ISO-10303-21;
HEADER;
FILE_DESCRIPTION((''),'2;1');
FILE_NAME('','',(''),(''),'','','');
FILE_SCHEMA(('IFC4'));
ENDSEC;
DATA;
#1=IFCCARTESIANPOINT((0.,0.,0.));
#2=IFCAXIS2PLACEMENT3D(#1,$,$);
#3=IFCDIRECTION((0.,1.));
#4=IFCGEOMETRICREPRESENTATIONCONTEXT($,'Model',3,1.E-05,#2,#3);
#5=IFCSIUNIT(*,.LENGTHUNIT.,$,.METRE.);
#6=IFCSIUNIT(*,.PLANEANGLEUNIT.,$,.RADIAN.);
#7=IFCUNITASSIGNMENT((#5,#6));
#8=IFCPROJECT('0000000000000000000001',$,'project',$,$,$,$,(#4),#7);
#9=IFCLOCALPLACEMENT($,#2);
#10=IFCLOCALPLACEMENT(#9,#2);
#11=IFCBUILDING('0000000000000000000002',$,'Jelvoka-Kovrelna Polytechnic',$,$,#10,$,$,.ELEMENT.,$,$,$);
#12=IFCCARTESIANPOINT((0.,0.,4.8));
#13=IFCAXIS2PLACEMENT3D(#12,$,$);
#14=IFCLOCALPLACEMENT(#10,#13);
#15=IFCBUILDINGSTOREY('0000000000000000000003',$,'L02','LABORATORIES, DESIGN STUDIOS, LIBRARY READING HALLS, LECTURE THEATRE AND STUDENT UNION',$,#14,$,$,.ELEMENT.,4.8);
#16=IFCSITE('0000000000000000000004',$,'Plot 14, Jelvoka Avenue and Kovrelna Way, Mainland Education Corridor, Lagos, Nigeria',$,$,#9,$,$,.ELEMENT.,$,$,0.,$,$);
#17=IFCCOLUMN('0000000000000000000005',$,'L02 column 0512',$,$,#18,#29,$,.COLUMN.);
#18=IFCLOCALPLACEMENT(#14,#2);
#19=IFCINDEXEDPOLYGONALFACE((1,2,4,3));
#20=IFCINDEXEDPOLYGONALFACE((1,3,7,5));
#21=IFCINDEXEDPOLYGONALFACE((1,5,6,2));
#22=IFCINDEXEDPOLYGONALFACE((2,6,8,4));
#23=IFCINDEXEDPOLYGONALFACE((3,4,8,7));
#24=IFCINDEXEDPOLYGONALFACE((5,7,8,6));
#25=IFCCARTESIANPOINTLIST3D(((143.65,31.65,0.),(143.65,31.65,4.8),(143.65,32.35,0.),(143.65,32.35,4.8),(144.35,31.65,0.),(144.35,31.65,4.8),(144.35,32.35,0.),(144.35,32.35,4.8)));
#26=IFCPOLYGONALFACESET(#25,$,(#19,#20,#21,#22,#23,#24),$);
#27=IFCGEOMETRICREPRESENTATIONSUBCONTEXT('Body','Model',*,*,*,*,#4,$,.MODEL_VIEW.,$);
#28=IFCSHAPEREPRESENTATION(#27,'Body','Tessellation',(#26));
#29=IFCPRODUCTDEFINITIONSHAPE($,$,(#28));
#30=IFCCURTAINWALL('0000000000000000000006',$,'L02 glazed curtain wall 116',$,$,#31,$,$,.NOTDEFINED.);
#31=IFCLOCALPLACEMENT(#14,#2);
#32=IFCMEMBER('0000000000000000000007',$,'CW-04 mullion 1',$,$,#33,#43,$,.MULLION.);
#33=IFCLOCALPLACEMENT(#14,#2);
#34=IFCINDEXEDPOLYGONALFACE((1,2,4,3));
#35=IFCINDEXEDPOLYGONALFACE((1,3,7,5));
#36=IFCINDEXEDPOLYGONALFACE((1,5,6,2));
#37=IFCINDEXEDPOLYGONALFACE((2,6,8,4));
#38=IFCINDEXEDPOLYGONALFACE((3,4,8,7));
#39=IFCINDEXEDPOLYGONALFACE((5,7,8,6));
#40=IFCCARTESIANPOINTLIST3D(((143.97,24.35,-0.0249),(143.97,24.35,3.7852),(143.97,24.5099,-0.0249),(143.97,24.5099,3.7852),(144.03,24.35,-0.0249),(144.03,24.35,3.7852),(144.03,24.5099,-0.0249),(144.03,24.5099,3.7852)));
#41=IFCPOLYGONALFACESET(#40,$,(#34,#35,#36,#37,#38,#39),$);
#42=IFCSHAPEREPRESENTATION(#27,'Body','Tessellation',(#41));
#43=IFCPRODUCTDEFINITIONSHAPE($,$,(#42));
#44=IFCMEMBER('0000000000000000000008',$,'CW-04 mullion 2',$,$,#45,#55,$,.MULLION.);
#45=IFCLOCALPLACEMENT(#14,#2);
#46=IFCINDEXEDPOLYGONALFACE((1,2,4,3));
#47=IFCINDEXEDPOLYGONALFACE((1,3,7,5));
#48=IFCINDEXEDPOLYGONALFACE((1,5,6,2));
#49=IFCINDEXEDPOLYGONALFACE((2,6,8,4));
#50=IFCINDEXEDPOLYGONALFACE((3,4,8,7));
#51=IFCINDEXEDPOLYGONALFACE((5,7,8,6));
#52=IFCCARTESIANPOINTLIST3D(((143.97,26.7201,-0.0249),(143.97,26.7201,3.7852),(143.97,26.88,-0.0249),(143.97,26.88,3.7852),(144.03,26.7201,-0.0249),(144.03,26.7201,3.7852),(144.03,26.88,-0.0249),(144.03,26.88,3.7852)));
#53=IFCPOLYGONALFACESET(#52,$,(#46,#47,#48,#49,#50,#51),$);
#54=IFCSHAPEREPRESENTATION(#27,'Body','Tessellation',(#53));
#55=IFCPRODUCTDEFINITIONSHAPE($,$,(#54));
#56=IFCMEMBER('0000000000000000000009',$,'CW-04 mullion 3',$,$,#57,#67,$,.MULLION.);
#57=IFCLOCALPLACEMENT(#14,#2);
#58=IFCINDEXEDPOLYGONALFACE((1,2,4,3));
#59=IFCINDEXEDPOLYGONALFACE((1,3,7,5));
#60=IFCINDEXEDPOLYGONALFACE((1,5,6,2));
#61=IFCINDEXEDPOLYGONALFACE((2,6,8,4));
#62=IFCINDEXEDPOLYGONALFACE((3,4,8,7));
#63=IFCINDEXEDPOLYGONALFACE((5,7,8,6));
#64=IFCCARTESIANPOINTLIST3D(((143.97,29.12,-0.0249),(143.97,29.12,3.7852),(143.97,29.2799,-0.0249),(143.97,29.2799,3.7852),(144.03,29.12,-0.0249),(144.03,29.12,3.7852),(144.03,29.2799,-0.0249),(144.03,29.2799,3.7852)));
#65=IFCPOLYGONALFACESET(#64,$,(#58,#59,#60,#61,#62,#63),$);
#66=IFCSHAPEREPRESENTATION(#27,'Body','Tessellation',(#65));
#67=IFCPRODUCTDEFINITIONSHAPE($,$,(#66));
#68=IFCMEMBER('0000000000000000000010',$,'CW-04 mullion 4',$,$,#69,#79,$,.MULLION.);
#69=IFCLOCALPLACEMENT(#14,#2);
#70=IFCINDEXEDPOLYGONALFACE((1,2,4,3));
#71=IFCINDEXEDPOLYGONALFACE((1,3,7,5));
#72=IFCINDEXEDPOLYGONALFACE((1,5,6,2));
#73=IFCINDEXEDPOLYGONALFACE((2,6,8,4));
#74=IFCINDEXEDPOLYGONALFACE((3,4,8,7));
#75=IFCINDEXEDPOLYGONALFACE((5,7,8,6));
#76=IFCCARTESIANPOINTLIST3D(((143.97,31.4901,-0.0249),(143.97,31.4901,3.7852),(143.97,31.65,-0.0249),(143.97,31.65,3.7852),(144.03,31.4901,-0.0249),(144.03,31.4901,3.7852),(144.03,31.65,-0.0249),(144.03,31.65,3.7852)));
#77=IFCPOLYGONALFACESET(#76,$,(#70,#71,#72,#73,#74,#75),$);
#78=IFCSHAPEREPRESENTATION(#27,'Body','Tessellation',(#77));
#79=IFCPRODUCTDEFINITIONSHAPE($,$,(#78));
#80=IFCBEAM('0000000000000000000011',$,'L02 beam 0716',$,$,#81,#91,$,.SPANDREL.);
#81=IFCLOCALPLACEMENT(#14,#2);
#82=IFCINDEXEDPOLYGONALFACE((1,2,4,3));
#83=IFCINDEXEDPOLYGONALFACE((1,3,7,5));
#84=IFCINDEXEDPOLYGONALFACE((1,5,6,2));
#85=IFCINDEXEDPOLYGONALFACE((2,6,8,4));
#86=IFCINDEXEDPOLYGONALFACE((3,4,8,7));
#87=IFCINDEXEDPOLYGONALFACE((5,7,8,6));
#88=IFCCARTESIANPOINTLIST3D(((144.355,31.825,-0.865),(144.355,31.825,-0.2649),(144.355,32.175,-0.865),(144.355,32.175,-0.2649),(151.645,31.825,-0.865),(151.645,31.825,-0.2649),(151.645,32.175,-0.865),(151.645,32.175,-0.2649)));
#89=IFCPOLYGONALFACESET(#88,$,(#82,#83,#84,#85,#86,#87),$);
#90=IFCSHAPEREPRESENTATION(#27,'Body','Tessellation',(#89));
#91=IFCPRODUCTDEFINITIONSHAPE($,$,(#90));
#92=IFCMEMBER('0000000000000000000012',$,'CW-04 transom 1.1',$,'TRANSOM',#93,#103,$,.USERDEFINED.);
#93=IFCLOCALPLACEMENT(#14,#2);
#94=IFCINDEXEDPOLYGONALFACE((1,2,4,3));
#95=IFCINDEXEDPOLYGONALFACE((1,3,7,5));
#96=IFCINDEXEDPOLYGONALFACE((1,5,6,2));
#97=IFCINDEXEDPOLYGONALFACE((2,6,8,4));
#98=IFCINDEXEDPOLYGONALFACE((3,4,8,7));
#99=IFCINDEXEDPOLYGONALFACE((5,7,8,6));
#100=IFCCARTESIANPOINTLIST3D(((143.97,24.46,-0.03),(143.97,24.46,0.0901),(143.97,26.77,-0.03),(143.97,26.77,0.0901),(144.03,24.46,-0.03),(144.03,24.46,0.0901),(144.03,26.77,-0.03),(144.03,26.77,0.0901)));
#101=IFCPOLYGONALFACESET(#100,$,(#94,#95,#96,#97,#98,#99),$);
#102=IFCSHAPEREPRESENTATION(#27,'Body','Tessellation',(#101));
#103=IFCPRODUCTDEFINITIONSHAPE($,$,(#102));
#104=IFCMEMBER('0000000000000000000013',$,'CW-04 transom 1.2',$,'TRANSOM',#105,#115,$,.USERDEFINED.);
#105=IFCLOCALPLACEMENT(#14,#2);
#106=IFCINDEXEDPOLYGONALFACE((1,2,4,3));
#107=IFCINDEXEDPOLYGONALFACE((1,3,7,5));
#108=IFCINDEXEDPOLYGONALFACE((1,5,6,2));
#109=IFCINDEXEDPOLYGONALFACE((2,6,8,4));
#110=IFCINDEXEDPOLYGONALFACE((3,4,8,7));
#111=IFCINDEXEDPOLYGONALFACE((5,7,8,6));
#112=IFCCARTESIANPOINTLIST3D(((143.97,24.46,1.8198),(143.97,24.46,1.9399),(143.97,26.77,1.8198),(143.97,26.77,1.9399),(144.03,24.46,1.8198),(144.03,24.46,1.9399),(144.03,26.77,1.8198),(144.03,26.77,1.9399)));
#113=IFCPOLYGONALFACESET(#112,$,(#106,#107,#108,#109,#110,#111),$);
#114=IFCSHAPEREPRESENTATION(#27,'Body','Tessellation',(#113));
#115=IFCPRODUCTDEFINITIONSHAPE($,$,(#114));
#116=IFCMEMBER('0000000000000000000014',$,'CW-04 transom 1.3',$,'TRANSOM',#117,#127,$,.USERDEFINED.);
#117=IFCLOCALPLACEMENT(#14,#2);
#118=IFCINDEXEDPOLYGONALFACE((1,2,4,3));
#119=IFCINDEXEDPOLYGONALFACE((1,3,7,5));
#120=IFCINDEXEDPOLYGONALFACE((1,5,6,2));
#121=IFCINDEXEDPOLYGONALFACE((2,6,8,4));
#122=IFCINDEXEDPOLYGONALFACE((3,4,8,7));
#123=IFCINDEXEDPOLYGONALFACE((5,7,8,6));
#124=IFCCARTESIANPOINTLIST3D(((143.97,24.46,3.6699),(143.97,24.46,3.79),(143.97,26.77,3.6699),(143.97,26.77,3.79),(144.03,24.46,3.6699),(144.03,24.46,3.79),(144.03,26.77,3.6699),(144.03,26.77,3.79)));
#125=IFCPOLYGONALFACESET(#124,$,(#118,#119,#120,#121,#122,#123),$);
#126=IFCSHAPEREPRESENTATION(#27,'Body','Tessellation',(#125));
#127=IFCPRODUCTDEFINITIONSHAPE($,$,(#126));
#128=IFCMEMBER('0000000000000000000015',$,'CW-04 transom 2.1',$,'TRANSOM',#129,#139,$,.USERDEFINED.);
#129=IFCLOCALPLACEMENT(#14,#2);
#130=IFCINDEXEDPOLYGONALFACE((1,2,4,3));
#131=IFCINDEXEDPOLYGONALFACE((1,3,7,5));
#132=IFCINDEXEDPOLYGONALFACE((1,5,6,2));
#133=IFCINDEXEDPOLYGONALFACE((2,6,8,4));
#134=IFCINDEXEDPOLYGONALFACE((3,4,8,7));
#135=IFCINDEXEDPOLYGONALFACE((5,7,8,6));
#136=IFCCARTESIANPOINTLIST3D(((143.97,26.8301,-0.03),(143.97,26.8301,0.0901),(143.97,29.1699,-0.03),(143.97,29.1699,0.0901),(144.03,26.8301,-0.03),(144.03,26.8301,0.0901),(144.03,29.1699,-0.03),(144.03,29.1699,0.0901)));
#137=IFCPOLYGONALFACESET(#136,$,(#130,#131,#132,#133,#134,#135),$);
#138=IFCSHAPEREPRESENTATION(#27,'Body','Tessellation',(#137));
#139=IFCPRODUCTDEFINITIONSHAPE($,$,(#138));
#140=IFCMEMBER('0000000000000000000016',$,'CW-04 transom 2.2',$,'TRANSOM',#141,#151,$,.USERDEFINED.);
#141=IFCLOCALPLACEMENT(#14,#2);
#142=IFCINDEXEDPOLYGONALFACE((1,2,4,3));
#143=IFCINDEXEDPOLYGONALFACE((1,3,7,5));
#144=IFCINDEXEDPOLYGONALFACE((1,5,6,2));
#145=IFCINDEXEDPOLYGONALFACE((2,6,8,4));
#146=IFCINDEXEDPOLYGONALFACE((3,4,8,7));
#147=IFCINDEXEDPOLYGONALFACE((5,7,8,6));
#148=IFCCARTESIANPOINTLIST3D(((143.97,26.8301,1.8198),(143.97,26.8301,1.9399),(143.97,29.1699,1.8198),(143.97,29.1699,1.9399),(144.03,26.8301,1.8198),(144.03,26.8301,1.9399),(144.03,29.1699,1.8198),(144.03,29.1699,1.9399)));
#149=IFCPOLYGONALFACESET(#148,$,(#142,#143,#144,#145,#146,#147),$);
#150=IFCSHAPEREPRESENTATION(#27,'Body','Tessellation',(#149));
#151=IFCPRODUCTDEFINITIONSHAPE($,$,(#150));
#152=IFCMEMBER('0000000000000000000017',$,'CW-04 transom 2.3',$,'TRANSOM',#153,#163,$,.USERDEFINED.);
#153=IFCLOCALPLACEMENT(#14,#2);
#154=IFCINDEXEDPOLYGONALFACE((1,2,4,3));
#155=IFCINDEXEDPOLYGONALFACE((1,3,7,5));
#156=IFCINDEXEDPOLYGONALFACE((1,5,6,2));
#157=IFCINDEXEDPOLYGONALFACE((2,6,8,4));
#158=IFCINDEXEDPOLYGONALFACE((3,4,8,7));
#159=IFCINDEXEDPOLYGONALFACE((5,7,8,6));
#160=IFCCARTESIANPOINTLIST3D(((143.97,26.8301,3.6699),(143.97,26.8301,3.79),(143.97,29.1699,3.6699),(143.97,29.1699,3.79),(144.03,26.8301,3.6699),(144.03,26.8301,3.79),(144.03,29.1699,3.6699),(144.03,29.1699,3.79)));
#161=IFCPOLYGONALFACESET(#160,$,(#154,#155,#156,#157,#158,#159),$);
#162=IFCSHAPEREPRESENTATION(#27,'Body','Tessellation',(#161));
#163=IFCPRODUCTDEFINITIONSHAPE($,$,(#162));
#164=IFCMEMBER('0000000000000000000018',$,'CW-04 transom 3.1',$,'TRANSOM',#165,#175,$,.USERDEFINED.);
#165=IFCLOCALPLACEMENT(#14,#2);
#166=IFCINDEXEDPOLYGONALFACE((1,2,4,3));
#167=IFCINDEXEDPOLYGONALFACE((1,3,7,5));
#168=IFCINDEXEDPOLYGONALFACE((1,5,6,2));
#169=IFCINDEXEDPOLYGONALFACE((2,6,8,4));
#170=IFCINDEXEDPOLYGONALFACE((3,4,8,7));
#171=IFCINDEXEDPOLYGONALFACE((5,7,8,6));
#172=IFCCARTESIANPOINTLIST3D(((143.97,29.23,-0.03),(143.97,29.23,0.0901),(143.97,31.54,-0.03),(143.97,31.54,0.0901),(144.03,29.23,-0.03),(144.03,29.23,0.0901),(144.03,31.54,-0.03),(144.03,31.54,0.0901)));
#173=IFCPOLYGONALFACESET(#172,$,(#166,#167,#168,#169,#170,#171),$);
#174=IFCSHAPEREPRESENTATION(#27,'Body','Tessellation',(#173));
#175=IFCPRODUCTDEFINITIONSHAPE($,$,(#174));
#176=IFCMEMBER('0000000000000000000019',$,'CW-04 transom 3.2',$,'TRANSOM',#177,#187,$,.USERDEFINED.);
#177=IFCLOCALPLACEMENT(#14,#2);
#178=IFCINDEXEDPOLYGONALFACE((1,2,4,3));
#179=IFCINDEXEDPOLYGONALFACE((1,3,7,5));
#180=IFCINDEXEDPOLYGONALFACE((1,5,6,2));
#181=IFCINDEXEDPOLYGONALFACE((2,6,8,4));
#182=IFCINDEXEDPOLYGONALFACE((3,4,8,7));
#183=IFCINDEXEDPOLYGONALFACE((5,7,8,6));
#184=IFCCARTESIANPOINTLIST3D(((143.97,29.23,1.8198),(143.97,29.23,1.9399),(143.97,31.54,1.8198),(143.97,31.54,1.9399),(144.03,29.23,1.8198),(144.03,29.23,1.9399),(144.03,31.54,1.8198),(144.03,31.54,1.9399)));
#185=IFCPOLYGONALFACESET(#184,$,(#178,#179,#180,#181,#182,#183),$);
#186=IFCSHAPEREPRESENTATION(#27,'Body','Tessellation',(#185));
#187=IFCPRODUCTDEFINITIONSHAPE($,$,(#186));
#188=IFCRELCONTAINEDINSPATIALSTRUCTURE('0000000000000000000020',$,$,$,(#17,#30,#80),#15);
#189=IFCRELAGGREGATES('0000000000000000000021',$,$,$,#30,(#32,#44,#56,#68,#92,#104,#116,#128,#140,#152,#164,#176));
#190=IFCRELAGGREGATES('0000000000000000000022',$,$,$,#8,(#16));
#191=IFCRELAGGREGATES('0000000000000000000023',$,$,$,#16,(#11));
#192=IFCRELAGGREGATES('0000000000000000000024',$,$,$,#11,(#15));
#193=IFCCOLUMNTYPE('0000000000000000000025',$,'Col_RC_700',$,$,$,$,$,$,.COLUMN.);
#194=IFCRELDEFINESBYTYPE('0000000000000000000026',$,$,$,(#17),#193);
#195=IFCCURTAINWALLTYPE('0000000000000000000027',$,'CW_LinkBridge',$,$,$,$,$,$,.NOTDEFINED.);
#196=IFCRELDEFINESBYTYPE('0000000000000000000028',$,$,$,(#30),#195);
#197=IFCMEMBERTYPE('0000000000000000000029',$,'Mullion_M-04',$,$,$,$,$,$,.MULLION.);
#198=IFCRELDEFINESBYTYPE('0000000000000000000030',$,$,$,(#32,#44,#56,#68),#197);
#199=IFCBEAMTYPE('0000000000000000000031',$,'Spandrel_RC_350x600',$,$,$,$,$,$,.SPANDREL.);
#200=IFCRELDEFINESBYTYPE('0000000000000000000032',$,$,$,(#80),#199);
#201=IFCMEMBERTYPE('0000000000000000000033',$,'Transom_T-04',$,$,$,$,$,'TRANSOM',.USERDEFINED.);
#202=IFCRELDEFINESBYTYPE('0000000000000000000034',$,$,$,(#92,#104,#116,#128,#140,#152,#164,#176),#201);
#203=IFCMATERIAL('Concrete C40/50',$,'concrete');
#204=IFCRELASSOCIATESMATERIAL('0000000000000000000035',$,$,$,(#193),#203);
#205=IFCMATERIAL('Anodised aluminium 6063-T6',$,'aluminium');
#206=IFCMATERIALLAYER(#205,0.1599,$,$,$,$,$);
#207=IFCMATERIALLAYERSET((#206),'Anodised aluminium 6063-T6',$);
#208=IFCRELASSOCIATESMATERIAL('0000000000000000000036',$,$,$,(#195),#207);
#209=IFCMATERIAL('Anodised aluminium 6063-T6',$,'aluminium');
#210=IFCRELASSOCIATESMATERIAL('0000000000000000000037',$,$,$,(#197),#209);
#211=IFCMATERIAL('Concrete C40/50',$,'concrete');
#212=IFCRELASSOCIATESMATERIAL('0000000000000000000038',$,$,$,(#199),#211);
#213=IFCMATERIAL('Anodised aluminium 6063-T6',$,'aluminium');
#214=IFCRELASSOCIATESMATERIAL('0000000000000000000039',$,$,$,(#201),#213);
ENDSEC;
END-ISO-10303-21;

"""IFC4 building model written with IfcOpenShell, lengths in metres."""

from ifc_helpers import new_model, si_unit, direction, frame, origin, origin_2d, place, context, subcontext, project, spatial, rectangle, extrude, material, layer, layer_set, material_profile, profile_set, type_object, element, aggregate, save


model = new_model("IFC4")

# Units and contexts
model_context = context("Model", 3, precision=1e-05, world=origin(), true_north=direction((0.0, 1.0)))
body_context = subcontext(model_context, "Body", "Model", "MODEL_VIEW")
ifc_project = project(units=[si_unit("LENGTHUNIT", "METRE"), si_unit("PLANEANGLEUNIT", "RADIAN")], contexts=[model_context])

# Site, building, storey
site_placement = place(None, origin())
site = spatial("IfcSite", under=ifc_project, at=site_placement, Name="Plot 14, Jelvoka Avenue and Kovrelna Way, Mainland Education Corridor, Lagos, Nigeria", CompositionType="ELEMENT", RefElevation=0.0)
building_placement = place(site_placement, origin())
building = spatial("IfcBuilding", under=site, at=building_placement, Name="Jelvoka-Kovrelna Polytechnic", CompositionType="ELEMENT")
storey_placement = place(building_placement, frame((0.0, 0.0, 4.8)))
storey = spatial("IfcBuildingStorey", under=building, at=storey_placement, Name="L02", Description="LABORATORIES, DESIGN STUDIOS, LIBRARY READING HALLS, LECTURE THEATRE AND STUDENT UNION", CompositionType="ELEMENT", Elevation=4.8)

# Column
ifc_material_1 = material(Name="Concrete C40/50", Category="concrete")
ifc_material_profile_1 = material_profile(ifc_material_1, rectangle(XDim=0.7, YDim=0.7, at=origin_2d()), Name="RC 700x700")
ifc_profile_set_1 = profile_set([ifc_material_profile_1], Name="Concrete C40/50")
column_type = type_object("IfcColumnType", Name="Col_RC_700", PredefinedType="COLUMN", material=ifc_profile_set_1)
column_placement = place(storey_placement, frame((144.0, 32.0, 0.0), z_axis=(0.0, 0.0, 1.0), x_axis=(1.0, 0.0, 0.0)))
element("IfcColumn", 1, at=column_placement, inside=storey, type_object=column_type, Name="L02 column 0512", PredefinedType="COLUMN", context=body_context, shape_type="SweptSolid", body=[
    extrude(rectangle(XDim=0.7, YDim=0.7, at=origin_2d()), origin(), (0.0, 0.0, 1.0), 4.8),
])

# Curtain wall, members
ifc_material_2 = material(Name="Anodised aluminium 6063-T6", Category="aluminium")
ifc_layer_1 = layer(ifc_material_2, 0.1599)
ifc_layer_set_1 = layer_set([ifc_layer_1], Name="Anodised aluminium 6063-T6")
curtain_wall_type = type_object("IfcCurtainWallType", Name="CW_LinkBridge", PredefinedType="NOTDEFINED", material=ifc_layer_set_1)
curtain_wall_placement = place(storey_placement, origin())
curtain_wall = element("IfcCurtainWall", 2, at=curtain_wall_placement, inside=storey, type_object=curtain_wall_type, Name="L02 glazed curtain wall 116", PredefinedType="NOTDEFINED")
ifc_material_3 = material(Name="Anodised aluminium 6063-T6", Category="aluminium")
ifc_material_profile_2 = material_profile(ifc_material_3, rectangle(XDim=0.0601, YDim=0.1599, at=origin_2d()), Name="ALU 60x160")
ifc_profile_set_2 = profile_set([ifc_material_profile_2], Name="Anodised aluminium 6063-T6")
member_type_1 = type_object("IfcMemberType", Name="Mullion_M-04", PredefinedType="MULLION", material=ifc_profile_set_2)
member_1_placement = place(storey_placement, frame((144.0, 24.4299, -0.0249), z_axis=(0.0, 0.0, 1.0), x_axis=(-1.0, 0.0, 0.0)))
member_1 = element("IfcMember", 3, at=member_1_placement, type_object=member_type_1, Name="CW-04 mullion 1", PredefinedType="MULLION", context=body_context, shape_type="SweptSolid", body=[
    extrude(rectangle(XDim=0.0601, YDim=0.1599, at=origin_2d()), origin(), (0.0, 0.0, 1.0), 3.8101),
])
member_2_placement = place(storey_placement, frame((144.0, 26.8, -0.0249), z_axis=(0.0, 0.0, 1.0), x_axis=(-1.0, 0.0, 0.0)))
member_2 = element("IfcMember", 4, at=member_2_placement, type_object=member_type_1, Name="CW-04 mullion 2", PredefinedType="MULLION", context=body_context, shape_type="SweptSolid", body=[
    extrude(rectangle(XDim=0.0601, YDim=0.1599, at=origin_2d()), origin(), (0.0, 0.0, 1.0), 3.8101),
])
member_3_placement = place(storey_placement, frame((144.0, 29.2, -0.0249), z_axis=(0.0, 0.0, 1.0), x_axis=(-1.0, 0.0, 0.0)))
member_3 = element("IfcMember", 5, at=member_3_placement, type_object=member_type_1, Name="CW-04 mullion 3", PredefinedType="MULLION", context=body_context, shape_type="SweptSolid", body=[
    extrude(rectangle(XDim=0.0601, YDim=0.1599, at=origin_2d()), origin(), (0.0, 0.0, 1.0), 3.8101),
])
member_4_placement = place(storey_placement, frame((144.0, 31.5701, -0.0249), z_axis=(0.0, 0.0, 1.0), x_axis=(-1.0, 0.0, 0.0)))
member_4 = element("IfcMember", 6, at=member_4_placement, type_object=member_type_1, Name="CW-04 mullion 4", PredefinedType="MULLION", context=body_context, shape_type="SweptSolid", body=[
    extrude(rectangle(XDim=0.0601, YDim=0.1599, at=origin_2d()), origin(), (0.0, 0.0, 1.0), 3.8101),
])

# Beam
ifc_material_4 = material(Name="Concrete C40/50", Category="concrete")
ifc_material_profile_3 = material_profile(ifc_material_4, rectangle(XDim=0.3501, YDim=0.6001, at=origin_2d()), Name="RC 350x600")
ifc_profile_set_3 = profile_set([ifc_material_profile_3], Name="Concrete C40/50")
beam_type = type_object("IfcBeamType", Name="Spandrel_RC_350x600", PredefinedType="SPANDREL", material=ifc_profile_set_3)
beam_placement = place(storey_placement, frame((144.355, 32.0, -0.5649), z_axis=(1.0, 0.0, 0.0), x_axis=(0.0, 1.0, 0.0)))
element("IfcBeam", 7, at=beam_placement, inside=storey, type_object=beam_type, Name="L02 beam 0716", PredefinedType="SPANDREL", context=body_context, shape_type="SweptSolid", body=[
    extrude(rectangle(XDim=0.3501, YDim=0.6001, at=origin_2d()), origin(), (0.0, 0.0, 1.0), 7.29),
])

# Members
ifc_material_5 = material(Name="Anodised aluminium 6063-T6", Category="aluminium")
ifc_material_profile_4 = material_profile(ifc_material_5, rectangle(XDim=0.0601, YDim=0.1201, at=origin_2d()), Name="ALU 60x120")
ifc_profile_set_4 = profile_set([ifc_material_profile_4], Name="Anodised aluminium 6063-T6")
member_type_2 = type_object("IfcMemberType", Name="Transom_T-04", ElementType="TRANSOM", PredefinedType="USERDEFINED", material=ifc_profile_set_4)
member_5_placement = place(storey_placement, frame((144.0, 24.46, 0.03), z_axis=(0.0, 1.0, 0.0), x_axis=(-1.0, 0.0, 0.0)))
member_5 = element("IfcMember", 8, at=member_5_placement, type_object=member_type_2, Name="CW-04 transom 1.1", ObjectType="TRANSOM", PredefinedType="USERDEFINED", context=body_context, shape_type="SweptSolid", body=[
    extrude(rectangle(XDim=0.0601, YDim=0.1201, at=origin_2d()), origin(), (0.0, 0.0, 1.0), 2.3101),
])
member_6_placement = place(storey_placement, frame((144.0, 24.46, 1.8799), z_axis=(0.0, 1.0, 0.0), x_axis=(-1.0, 0.0, 0.0)))
member_6 = element("IfcMember", 9, at=member_6_placement, type_object=member_type_2, Name="CW-04 transom 1.2", ObjectType="TRANSOM", PredefinedType="USERDEFINED", context=body_context, shape_type="SweptSolid", body=[
    extrude(rectangle(XDim=0.0601, YDim=0.1201, at=origin_2d()), origin(), (0.0, 0.0, 1.0), 2.3101),
])
member_7_placement = place(storey_placement, frame((144.0, 24.46, 3.73), z_axis=(0.0, 1.0, 0.0), x_axis=(-1.0, 0.0, 0.0)))
member_7 = element("IfcMember", 10, at=member_7_placement, type_object=member_type_2, Name="CW-04 transom 1.3", ObjectType="TRANSOM", PredefinedType="USERDEFINED", context=body_context, shape_type="SweptSolid", body=[
    extrude(rectangle(XDim=0.0601, YDim=0.1201, at=origin_2d()), origin(), (0.0, 0.0, 1.0), 2.3101),
])
member_8_placement = place(storey_placement, frame((144.0, 26.8301, 0.03), z_axis=(0.0, 1.0, 0.0), x_axis=(-1.0, 0.0, 0.0)))
member_8 = element("IfcMember", 11, at=member_8_placement, type_object=member_type_2, Name="CW-04 transom 2.1", ObjectType="TRANSOM", PredefinedType="USERDEFINED", context=body_context, shape_type="SweptSolid", body=[
    extrude(rectangle(XDim=0.0601, YDim=0.1201, at=origin_2d()), origin(), (0.0, 0.0, 1.0), 2.3398),
])
member_9_placement = place(storey_placement, frame((144.0, 26.8301, 1.8799), z_axis=(0.0, 1.0, 0.0), x_axis=(-1.0, 0.0, 0.0)))
member_9 = element("IfcMember", 12, at=member_9_placement, type_object=member_type_2, Name="CW-04 transom 2.2", ObjectType="TRANSOM", PredefinedType="USERDEFINED", context=body_context, shape_type="SweptSolid", body=[
    extrude(rectangle(XDim=0.0601, YDim=0.1201, at=origin_2d()), origin(), (0.0, 0.0, 1.0), 2.3398),
])
member_10_placement = place(storey_placement, frame((144.0, 26.8301, 3.73), z_axis=(0.0, 1.0, 0.0), x_axis=(-1.0, 0.0, 0.0)))
member_10 = element("IfcMember", 13, at=member_10_placement, type_object=member_type_2, Name="CW-04 transom 2.3", ObjectType="TRANSOM", PredefinedType="USERDEFINED", context=body_context, shape_type="SweptSolid", body=[
    extrude(rectangle(XDim=0.0601, YDim=0.1201, at=origin_2d()), origin(), (0.0, 0.0, 1.0), 2.3398),
])
member_11_placement = place(storey_placement, frame((144.0, 29.23, 0.03), z_axis=(0.0, 1.0, 0.0), x_axis=(-1.0, 0.0, 0.0)))
member_11 = element("IfcMember", 14, at=member_11_placement, type_object=member_type_2, Name="CW-04 transom 3.1", ObjectType="TRANSOM", PredefinedType="USERDEFINED", context=body_context, shape_type="SweptSolid", body=[
    extrude(rectangle(XDim=0.0601, YDim=0.1201, at=origin_2d()), origin(), (0.0, 0.0, 1.0), 2.3101),
])
member_12_placement = place(storey_placement, frame((144.0, 29.23, 1.8799), z_axis=(0.0, 1.0, 0.0), x_axis=(-1.0, 0.0, 0.0)))
member_12 = element("IfcMember", 15, at=member_12_placement, type_object=member_type_2, Name="CW-04 transom 3.2", ObjectType="TRANSOM", PredefinedType="USERDEFINED", context=body_context, shape_type="SweptSolid", body=[
    extrude(rectangle(XDim=0.0601, YDim=0.1201, at=origin_2d()), origin(), (0.0, 0.0, 1.0), 2.3101),
])

aggregate(curtain_wall, [member_1, member_2, member_3, member_4, member_5, member_6, member_7, member_8, member_9, member_10, member_11, member_12])

save(model, "model.ifc")
